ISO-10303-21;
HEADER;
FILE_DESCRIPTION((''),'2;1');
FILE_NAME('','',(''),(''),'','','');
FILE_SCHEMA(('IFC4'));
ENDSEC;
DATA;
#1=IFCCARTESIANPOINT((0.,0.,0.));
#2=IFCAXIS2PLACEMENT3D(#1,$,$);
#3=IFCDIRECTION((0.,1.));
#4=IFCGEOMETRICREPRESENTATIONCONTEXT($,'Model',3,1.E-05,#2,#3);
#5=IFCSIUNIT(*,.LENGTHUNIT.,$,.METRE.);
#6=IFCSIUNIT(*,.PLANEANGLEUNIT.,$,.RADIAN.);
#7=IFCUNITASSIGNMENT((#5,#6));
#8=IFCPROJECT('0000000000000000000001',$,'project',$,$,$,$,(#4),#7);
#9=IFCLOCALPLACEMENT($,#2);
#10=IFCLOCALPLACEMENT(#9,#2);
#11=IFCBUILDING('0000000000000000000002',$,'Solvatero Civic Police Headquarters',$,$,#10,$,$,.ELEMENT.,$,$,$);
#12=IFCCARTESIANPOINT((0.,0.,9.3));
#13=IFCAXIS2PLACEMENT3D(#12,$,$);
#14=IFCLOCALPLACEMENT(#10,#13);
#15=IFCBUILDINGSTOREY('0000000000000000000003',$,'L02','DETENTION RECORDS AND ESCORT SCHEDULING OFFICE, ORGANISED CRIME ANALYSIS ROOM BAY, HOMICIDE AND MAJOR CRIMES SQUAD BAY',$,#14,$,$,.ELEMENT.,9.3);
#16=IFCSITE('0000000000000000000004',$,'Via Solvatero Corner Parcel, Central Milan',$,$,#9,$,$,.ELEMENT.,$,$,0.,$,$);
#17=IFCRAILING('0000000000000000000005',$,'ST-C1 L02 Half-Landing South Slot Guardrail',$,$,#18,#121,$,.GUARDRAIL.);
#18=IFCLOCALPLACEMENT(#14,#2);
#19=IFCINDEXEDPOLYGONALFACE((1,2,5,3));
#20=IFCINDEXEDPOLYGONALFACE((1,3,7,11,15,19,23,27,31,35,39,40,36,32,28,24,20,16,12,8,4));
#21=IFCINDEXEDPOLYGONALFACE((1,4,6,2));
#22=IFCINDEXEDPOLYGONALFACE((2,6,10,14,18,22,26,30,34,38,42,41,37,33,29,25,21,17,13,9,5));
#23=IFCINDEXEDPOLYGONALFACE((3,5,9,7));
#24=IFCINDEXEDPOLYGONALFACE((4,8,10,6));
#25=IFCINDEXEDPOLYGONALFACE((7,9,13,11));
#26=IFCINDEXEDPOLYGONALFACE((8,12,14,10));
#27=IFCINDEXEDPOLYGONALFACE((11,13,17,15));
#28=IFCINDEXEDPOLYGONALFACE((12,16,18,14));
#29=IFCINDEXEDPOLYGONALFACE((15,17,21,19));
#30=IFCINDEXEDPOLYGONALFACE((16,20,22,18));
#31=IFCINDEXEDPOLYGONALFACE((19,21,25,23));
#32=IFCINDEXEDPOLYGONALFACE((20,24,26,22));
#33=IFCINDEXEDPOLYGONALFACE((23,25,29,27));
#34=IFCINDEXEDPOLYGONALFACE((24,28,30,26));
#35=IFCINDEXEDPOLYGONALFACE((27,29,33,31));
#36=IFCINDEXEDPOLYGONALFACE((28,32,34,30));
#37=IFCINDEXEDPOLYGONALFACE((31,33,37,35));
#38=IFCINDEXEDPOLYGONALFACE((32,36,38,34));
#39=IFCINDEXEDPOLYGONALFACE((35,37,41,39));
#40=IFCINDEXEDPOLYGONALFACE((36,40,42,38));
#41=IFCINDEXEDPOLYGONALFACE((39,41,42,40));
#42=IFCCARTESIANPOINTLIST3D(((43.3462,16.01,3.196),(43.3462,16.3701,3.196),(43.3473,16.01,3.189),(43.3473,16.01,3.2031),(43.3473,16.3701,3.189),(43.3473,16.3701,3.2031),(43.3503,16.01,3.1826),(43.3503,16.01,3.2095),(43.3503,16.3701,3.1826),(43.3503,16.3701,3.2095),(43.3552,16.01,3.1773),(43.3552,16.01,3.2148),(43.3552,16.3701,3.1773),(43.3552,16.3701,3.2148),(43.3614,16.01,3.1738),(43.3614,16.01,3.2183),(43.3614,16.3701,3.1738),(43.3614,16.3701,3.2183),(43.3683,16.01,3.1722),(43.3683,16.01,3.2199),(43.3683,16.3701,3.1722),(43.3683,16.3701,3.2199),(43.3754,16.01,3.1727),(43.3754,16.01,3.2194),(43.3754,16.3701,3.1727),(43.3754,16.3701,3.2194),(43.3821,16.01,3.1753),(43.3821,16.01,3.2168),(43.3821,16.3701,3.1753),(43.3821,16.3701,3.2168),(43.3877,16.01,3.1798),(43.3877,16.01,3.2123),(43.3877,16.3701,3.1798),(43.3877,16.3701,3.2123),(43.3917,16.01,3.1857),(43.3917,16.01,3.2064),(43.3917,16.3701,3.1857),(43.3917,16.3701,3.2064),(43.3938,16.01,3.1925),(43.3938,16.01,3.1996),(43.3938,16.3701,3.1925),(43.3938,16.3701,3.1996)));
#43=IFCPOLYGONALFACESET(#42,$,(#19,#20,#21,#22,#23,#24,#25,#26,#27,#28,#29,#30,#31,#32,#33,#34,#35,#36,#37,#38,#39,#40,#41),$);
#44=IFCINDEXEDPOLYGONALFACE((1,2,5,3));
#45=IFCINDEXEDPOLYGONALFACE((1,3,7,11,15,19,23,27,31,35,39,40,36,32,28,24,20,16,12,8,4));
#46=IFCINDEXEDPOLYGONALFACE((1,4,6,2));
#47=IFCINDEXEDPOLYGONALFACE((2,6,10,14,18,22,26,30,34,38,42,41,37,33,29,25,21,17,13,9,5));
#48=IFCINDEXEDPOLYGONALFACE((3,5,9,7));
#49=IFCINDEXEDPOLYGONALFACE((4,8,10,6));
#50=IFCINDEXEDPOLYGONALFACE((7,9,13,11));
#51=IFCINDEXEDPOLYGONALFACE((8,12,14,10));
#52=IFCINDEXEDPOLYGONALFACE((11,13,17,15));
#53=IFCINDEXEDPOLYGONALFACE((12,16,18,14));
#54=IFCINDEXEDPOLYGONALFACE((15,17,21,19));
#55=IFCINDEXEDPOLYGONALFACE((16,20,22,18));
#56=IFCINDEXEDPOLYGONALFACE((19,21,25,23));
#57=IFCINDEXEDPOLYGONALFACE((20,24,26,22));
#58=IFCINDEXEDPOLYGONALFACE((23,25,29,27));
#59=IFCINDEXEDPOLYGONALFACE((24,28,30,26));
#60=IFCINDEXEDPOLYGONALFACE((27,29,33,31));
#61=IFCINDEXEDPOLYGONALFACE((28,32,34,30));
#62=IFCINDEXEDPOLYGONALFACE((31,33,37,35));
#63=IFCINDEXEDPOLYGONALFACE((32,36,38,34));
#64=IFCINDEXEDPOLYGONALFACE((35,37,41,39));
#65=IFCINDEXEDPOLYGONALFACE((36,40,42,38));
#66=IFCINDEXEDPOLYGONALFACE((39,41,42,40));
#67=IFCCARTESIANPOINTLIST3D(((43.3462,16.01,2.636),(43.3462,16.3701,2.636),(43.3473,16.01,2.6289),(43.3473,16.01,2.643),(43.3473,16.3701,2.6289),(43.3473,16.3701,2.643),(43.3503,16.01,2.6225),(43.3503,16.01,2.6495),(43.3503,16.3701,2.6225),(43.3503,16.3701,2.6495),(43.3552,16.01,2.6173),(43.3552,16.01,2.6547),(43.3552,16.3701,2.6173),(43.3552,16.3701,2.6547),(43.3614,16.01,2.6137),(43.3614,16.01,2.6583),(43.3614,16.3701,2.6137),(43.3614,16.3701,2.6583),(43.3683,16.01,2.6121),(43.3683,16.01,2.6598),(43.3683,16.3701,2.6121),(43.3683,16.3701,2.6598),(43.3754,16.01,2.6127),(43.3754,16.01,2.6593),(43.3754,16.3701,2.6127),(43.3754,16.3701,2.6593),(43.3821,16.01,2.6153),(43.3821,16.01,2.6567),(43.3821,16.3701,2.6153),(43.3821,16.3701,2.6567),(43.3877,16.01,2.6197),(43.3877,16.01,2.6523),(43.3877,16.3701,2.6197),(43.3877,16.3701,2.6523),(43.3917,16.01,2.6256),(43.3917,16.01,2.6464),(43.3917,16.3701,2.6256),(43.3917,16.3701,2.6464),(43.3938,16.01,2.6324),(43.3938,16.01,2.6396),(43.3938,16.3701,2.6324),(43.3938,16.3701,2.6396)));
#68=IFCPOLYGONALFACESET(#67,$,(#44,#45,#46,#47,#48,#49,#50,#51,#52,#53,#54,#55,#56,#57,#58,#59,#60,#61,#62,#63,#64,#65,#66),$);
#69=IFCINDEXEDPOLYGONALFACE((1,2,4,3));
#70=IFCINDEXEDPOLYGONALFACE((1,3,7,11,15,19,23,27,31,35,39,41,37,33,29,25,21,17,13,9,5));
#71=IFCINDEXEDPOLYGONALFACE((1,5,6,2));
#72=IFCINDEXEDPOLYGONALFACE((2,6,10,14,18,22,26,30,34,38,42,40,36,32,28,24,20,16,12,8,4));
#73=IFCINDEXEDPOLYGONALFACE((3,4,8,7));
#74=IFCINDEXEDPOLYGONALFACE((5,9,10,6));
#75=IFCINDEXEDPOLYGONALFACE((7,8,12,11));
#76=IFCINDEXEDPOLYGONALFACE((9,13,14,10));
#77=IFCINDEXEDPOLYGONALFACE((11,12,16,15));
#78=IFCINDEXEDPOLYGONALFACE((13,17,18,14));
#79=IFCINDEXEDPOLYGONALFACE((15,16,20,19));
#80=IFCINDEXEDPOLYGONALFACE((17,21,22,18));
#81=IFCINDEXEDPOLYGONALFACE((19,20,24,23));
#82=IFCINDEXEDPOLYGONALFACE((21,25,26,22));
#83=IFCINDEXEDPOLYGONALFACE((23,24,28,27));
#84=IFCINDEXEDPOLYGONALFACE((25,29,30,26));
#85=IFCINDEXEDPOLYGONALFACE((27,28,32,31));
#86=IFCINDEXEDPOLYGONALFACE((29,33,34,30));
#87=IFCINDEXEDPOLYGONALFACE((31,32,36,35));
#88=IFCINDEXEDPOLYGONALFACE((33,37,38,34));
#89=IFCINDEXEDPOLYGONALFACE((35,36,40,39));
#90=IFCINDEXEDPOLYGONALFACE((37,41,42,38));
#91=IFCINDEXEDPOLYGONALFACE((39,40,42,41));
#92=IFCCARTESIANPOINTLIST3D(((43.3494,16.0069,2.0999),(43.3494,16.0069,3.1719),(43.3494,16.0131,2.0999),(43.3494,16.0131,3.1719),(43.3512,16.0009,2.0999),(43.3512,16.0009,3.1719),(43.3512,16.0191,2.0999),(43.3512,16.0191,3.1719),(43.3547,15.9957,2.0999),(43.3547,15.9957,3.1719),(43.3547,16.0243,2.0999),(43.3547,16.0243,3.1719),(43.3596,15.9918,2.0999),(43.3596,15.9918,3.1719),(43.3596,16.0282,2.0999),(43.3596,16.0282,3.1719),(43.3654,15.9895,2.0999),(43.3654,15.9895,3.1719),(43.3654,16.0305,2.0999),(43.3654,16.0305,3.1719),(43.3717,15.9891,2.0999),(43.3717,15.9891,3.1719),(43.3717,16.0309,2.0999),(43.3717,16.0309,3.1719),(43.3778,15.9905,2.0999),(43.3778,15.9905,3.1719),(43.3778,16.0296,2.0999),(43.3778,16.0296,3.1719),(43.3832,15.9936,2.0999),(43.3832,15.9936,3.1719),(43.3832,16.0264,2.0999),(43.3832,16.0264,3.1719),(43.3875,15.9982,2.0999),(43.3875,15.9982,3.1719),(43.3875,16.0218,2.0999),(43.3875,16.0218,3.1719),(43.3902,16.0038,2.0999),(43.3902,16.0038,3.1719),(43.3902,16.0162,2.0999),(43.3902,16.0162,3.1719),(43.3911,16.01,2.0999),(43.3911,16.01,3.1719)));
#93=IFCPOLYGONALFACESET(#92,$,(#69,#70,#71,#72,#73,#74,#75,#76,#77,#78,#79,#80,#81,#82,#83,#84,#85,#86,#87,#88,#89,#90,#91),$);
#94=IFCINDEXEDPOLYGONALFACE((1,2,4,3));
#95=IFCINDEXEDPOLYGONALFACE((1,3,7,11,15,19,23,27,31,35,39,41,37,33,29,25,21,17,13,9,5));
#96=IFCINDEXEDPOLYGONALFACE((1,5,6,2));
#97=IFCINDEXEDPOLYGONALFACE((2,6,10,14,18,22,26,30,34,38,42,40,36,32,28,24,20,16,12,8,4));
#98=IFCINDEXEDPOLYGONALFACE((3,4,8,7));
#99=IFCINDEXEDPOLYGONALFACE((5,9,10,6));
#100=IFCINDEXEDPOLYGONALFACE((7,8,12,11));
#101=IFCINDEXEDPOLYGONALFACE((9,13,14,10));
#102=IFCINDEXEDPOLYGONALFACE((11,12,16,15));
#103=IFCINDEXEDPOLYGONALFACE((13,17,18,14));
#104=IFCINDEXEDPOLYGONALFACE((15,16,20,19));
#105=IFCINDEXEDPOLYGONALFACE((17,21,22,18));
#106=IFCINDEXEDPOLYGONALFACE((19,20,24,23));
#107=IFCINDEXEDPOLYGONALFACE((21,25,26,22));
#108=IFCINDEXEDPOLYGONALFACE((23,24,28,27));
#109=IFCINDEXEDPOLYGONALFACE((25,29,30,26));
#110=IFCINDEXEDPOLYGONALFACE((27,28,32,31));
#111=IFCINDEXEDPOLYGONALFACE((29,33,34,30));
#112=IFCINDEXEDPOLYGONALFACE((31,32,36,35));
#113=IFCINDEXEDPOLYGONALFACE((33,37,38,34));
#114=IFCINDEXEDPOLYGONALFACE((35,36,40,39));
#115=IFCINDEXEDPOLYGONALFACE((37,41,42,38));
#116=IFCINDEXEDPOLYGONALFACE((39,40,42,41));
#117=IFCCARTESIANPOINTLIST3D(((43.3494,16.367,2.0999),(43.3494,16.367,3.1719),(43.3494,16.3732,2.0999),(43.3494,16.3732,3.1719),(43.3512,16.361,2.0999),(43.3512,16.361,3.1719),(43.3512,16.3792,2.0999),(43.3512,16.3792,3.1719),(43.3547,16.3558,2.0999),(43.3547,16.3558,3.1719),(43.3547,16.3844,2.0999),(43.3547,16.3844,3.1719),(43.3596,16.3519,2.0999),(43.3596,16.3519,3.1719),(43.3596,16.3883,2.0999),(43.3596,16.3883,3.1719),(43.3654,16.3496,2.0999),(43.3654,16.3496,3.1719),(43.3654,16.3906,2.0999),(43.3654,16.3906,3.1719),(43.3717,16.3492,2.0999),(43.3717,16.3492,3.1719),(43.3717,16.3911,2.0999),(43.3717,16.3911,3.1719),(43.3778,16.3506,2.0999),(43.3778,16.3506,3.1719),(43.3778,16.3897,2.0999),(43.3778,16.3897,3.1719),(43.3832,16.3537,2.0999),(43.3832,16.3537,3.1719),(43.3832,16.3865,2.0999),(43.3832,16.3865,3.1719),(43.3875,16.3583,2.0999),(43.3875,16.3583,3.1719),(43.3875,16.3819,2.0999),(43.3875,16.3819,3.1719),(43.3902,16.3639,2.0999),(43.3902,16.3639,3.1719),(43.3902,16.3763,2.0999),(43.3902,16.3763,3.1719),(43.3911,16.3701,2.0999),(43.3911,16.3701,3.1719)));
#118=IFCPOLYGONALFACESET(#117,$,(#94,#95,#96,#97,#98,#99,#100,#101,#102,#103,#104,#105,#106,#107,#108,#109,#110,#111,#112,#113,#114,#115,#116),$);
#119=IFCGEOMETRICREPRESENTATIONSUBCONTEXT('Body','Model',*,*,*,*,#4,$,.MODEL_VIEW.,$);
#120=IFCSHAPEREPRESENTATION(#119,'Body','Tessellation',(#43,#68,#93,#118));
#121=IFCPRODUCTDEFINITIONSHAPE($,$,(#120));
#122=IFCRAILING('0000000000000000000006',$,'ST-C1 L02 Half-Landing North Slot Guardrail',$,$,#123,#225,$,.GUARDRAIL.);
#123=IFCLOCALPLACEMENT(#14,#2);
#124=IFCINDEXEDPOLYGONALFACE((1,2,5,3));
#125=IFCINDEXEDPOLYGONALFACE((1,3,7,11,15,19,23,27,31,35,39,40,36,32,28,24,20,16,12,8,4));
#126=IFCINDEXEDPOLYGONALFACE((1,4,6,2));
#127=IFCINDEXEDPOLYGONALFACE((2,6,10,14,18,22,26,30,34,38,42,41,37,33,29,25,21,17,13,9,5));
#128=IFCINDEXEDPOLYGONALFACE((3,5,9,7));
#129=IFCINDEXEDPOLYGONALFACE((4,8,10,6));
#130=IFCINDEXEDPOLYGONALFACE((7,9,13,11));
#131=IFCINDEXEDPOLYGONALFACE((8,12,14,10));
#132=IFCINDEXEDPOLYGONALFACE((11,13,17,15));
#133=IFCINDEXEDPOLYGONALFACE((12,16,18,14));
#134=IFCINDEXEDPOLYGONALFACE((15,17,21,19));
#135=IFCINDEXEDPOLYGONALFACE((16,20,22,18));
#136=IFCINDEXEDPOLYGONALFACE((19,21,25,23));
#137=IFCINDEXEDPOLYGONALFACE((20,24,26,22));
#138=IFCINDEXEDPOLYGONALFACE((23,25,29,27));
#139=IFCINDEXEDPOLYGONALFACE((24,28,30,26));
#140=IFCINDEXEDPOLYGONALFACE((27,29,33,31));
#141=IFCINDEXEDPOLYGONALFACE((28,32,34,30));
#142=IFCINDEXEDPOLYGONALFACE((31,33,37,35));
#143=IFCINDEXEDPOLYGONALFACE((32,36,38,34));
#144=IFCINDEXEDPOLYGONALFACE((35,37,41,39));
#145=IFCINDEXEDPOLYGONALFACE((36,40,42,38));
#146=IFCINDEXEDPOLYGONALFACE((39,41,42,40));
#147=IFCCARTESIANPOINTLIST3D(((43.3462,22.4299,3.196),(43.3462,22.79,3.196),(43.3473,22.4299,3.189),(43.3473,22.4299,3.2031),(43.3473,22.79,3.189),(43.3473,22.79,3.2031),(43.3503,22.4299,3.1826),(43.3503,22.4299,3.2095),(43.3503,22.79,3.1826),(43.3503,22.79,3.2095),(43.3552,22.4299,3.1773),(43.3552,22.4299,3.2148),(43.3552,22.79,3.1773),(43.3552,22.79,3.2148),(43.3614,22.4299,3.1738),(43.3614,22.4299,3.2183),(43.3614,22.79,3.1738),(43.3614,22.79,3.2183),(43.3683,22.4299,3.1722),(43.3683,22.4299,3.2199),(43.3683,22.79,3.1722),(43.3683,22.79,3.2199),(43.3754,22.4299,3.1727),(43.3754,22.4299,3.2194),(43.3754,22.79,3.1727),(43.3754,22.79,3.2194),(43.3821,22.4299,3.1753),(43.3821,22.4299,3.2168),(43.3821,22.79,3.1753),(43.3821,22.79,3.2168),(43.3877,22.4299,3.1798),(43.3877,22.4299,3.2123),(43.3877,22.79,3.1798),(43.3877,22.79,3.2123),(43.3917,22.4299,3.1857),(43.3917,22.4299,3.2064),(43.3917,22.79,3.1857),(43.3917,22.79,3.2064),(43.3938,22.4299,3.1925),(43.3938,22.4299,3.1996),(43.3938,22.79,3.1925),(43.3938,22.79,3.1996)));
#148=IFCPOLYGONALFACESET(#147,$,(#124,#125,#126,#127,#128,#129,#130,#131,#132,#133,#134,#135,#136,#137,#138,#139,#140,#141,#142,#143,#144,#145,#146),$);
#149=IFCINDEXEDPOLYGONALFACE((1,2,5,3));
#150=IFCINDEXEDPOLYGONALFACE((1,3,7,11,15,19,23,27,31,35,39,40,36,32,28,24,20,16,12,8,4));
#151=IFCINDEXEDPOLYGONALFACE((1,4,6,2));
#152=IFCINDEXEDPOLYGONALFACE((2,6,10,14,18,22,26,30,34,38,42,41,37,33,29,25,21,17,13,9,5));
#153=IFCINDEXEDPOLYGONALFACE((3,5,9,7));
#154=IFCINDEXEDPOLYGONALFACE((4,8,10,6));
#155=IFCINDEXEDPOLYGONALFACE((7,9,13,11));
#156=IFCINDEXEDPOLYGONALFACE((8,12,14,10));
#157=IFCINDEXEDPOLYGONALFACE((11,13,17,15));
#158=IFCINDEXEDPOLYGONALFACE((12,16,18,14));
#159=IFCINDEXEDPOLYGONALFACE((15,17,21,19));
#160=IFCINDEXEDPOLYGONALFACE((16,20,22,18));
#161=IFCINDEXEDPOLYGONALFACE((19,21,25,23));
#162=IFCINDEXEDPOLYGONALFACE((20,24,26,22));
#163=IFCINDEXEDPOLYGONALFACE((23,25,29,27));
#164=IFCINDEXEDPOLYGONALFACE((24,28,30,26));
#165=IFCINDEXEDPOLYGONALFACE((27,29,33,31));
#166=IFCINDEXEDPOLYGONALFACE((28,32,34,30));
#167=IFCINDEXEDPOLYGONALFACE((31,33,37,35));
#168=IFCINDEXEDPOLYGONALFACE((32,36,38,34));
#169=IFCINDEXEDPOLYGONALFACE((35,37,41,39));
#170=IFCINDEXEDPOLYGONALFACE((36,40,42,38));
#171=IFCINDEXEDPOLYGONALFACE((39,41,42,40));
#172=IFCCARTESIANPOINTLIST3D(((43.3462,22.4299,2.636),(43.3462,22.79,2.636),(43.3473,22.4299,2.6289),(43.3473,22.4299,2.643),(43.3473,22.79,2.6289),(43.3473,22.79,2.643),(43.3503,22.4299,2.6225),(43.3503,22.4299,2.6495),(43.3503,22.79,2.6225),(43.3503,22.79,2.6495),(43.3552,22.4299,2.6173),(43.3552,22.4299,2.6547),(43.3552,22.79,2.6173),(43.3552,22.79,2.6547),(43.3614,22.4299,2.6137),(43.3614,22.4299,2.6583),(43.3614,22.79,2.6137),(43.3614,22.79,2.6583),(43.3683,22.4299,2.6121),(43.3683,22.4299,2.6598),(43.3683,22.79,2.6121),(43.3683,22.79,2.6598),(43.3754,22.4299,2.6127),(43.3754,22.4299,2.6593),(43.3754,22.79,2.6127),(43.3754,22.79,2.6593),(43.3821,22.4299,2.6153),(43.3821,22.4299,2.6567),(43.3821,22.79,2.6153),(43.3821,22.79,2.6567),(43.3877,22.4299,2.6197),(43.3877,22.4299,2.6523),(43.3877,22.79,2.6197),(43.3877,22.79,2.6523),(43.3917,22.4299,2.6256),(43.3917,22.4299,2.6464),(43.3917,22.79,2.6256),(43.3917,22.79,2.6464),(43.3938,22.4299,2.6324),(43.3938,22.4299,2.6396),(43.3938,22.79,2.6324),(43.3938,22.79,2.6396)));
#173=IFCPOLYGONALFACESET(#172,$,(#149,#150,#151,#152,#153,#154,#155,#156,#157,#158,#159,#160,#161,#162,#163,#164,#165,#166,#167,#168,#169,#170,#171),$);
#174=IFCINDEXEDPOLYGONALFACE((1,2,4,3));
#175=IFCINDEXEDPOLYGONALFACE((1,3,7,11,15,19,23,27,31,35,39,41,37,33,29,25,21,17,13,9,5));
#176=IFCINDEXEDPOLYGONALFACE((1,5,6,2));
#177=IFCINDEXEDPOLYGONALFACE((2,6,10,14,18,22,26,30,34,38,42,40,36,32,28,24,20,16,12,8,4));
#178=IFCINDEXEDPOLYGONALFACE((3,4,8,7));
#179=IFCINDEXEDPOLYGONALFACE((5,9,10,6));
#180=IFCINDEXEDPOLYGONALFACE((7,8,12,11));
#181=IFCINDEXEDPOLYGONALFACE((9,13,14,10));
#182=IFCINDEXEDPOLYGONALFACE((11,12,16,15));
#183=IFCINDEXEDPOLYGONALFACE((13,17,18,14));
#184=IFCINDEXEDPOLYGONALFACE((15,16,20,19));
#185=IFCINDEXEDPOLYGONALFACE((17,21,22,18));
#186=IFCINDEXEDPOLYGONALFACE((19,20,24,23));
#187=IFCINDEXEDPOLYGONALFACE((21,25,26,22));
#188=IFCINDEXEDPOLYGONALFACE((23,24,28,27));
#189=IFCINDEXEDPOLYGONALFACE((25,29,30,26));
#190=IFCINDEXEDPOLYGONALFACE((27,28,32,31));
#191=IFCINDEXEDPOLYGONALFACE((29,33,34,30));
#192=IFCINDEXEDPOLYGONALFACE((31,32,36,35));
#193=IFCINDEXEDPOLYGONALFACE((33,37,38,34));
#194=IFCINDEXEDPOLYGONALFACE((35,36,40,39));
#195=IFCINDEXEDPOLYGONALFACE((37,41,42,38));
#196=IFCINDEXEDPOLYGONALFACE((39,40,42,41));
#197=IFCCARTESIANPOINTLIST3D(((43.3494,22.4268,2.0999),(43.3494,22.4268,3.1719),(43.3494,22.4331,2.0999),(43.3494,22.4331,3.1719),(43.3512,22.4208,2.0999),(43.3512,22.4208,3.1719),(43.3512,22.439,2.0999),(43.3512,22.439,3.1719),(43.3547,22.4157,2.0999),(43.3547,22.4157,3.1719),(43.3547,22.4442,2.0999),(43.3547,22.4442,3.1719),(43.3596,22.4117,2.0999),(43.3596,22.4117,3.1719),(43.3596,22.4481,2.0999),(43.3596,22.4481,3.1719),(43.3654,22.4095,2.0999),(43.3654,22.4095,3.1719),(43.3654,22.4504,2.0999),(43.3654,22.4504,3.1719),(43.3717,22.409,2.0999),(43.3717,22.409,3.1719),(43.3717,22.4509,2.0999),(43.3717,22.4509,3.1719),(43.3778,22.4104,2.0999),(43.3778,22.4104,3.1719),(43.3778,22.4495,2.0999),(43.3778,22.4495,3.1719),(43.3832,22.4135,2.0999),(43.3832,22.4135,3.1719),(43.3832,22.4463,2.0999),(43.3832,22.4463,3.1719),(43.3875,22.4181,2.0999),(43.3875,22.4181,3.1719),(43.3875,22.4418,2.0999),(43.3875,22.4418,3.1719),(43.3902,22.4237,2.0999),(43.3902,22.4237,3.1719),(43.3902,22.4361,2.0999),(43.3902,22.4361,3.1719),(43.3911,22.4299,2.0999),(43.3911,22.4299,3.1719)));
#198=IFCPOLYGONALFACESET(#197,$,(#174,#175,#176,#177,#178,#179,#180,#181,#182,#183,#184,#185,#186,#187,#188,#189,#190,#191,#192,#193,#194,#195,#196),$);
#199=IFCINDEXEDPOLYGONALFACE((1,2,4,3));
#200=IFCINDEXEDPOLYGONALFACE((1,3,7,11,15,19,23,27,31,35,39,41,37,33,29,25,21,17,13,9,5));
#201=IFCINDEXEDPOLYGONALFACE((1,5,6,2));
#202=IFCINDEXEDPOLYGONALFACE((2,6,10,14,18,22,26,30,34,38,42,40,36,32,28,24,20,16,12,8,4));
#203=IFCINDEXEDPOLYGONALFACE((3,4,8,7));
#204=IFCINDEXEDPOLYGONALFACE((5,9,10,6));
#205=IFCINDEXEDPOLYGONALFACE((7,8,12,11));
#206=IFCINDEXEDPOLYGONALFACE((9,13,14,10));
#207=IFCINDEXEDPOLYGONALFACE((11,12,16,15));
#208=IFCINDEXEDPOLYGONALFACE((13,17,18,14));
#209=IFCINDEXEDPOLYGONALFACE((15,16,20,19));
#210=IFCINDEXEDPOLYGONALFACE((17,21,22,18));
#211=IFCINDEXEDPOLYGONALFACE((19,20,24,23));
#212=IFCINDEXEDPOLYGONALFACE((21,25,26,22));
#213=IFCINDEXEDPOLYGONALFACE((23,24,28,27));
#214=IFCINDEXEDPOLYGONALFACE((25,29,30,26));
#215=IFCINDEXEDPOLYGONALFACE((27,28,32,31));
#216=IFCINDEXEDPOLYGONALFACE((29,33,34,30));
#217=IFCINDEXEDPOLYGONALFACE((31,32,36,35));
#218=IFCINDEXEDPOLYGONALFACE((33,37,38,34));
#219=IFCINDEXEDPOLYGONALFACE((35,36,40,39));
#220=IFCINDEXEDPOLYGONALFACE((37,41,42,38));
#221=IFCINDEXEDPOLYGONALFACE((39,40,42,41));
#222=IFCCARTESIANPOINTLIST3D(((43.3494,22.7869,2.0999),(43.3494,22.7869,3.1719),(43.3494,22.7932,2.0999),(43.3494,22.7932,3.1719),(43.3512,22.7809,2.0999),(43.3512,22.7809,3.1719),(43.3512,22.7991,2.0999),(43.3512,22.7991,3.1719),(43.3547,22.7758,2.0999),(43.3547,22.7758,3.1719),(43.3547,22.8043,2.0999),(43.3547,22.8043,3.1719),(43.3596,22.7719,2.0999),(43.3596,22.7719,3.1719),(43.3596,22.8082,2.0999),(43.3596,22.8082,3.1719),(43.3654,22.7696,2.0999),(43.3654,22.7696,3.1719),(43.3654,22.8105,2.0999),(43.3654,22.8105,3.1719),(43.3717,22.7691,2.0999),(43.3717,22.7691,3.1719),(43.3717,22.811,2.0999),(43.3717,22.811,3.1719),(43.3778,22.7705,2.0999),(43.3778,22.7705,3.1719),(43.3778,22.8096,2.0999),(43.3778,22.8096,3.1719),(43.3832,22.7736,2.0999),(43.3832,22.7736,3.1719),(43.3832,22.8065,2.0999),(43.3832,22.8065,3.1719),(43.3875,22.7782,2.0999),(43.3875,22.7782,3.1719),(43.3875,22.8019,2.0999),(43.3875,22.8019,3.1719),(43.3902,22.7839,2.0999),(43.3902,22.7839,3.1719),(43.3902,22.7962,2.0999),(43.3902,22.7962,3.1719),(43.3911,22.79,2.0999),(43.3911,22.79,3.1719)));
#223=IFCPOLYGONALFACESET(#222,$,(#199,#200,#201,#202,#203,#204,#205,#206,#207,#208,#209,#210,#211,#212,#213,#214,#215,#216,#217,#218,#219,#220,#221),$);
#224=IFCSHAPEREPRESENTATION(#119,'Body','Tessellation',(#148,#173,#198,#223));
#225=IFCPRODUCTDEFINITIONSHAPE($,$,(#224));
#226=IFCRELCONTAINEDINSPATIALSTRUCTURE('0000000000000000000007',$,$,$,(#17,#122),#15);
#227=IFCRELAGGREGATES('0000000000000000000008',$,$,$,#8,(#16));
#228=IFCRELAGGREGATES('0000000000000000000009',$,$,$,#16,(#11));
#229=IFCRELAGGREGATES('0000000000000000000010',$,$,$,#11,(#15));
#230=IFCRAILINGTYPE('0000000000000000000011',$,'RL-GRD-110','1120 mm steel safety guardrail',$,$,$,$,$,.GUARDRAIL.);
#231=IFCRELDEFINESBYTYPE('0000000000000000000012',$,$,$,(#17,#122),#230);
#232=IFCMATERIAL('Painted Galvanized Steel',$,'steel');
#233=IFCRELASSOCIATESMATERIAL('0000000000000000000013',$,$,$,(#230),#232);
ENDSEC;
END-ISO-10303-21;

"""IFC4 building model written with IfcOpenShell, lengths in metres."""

from ifc_helpers import new_model, si_unit, direction, frame, origin, origin_2d, place, context, subcontext, project, spatial, circle, extrude, material, type_object, element, save


model = new_model("IFC4")

# Units and contexts
model_context = context("Model", 3, precision=1e-05, world=origin(), true_north=direction((0.0, 1.0)))
body_context = subcontext(model_context, "Body", "Model", "MODEL_VIEW")
ifc_project = project(units=[si_unit("LENGTHUNIT", "METRE"), si_unit("PLANEANGLEUNIT", "RADIAN")], contexts=[model_context])

# Site, building, storey
site_placement = place(None, origin())
site = spatial("IfcSite", under=ifc_project, at=site_placement, Name="Via Solvatero Corner Parcel, Central Milan", CompositionType="ELEMENT", RefElevation=0.0)
building_placement = place(site_placement, origin())
building = spatial("IfcBuilding", under=site, at=building_placement, Name="Solvatero Civic Police Headquarters", CompositionType="ELEMENT")
storey_placement = place(building_placement, frame((0.0, 0.0, 9.3)))
storey = spatial("IfcBuildingStorey", under=building, at=storey_placement, Name="L02", Description="DETENTION RECORDS AND ESCORT SCHEDULING OFFICE, ORGANISED CRIME ANALYSIS ROOM BAY, HOMICIDE AND MAJOR CRIMES SQUAD BAY", CompositionType="ELEMENT", Elevation=9.3)

# Railings
ifc_material_1 = material(Name="Painted Galvanized Steel", Category="steel")
railing_type_1 = type_object("IfcRailingType", Name="RL-GRD-110", Description="1120 mm steel safety guardrail", PredefinedType="GUARDRAIL", material=ifc_material_1)
for number, where, name in (
    (1, (43.3701, 16.01, 2.0999), "ST-C1 L02 Half-Landing South Slot Guardrail"),
    (2, (43.3701, 22.4299, 2.0999), "ST-C1 L02 Half-Landing North Slot Guardrail"),
):
    element("IfcRailing", number, at=place(storey_placement, frame(where)), inside=storey, type_object=railing_type_1, Name=name, PredefinedType="GUARDRAIL", context=body_context, shape_type="SweptSolid", body=[
        extrude(circle(Radius=0.0239, at=origin_2d()), frame((0.0, 0.0, 1.0962), z_axis=(0.0, 1.0, 0.0), x_axis=(-1.0, 0.0, 0.0)), (0.0, 0.0, 1.0), 0.3601),
        extrude(circle(Radius=0.0239, at=origin_2d()), frame((0.0, 0.0, 0.5361), z_axis=(0.0, 1.0, 0.0), x_axis=(-1.0, 0.0, 0.0)), (0.0, 0.0, 1.0), 0.3601),
        extrude(circle(Radius=0.021, at=origin_2d()), origin(), (0.0, 0.0, 1.0), 1.072),
        extrude(circle(Radius=0.021, at=origin_2d()), frame((0.0, 0.3601, 0.0)), (0.0, 0.0, 1.0), 1.072),
    ])

save(model, "model.ifc")
